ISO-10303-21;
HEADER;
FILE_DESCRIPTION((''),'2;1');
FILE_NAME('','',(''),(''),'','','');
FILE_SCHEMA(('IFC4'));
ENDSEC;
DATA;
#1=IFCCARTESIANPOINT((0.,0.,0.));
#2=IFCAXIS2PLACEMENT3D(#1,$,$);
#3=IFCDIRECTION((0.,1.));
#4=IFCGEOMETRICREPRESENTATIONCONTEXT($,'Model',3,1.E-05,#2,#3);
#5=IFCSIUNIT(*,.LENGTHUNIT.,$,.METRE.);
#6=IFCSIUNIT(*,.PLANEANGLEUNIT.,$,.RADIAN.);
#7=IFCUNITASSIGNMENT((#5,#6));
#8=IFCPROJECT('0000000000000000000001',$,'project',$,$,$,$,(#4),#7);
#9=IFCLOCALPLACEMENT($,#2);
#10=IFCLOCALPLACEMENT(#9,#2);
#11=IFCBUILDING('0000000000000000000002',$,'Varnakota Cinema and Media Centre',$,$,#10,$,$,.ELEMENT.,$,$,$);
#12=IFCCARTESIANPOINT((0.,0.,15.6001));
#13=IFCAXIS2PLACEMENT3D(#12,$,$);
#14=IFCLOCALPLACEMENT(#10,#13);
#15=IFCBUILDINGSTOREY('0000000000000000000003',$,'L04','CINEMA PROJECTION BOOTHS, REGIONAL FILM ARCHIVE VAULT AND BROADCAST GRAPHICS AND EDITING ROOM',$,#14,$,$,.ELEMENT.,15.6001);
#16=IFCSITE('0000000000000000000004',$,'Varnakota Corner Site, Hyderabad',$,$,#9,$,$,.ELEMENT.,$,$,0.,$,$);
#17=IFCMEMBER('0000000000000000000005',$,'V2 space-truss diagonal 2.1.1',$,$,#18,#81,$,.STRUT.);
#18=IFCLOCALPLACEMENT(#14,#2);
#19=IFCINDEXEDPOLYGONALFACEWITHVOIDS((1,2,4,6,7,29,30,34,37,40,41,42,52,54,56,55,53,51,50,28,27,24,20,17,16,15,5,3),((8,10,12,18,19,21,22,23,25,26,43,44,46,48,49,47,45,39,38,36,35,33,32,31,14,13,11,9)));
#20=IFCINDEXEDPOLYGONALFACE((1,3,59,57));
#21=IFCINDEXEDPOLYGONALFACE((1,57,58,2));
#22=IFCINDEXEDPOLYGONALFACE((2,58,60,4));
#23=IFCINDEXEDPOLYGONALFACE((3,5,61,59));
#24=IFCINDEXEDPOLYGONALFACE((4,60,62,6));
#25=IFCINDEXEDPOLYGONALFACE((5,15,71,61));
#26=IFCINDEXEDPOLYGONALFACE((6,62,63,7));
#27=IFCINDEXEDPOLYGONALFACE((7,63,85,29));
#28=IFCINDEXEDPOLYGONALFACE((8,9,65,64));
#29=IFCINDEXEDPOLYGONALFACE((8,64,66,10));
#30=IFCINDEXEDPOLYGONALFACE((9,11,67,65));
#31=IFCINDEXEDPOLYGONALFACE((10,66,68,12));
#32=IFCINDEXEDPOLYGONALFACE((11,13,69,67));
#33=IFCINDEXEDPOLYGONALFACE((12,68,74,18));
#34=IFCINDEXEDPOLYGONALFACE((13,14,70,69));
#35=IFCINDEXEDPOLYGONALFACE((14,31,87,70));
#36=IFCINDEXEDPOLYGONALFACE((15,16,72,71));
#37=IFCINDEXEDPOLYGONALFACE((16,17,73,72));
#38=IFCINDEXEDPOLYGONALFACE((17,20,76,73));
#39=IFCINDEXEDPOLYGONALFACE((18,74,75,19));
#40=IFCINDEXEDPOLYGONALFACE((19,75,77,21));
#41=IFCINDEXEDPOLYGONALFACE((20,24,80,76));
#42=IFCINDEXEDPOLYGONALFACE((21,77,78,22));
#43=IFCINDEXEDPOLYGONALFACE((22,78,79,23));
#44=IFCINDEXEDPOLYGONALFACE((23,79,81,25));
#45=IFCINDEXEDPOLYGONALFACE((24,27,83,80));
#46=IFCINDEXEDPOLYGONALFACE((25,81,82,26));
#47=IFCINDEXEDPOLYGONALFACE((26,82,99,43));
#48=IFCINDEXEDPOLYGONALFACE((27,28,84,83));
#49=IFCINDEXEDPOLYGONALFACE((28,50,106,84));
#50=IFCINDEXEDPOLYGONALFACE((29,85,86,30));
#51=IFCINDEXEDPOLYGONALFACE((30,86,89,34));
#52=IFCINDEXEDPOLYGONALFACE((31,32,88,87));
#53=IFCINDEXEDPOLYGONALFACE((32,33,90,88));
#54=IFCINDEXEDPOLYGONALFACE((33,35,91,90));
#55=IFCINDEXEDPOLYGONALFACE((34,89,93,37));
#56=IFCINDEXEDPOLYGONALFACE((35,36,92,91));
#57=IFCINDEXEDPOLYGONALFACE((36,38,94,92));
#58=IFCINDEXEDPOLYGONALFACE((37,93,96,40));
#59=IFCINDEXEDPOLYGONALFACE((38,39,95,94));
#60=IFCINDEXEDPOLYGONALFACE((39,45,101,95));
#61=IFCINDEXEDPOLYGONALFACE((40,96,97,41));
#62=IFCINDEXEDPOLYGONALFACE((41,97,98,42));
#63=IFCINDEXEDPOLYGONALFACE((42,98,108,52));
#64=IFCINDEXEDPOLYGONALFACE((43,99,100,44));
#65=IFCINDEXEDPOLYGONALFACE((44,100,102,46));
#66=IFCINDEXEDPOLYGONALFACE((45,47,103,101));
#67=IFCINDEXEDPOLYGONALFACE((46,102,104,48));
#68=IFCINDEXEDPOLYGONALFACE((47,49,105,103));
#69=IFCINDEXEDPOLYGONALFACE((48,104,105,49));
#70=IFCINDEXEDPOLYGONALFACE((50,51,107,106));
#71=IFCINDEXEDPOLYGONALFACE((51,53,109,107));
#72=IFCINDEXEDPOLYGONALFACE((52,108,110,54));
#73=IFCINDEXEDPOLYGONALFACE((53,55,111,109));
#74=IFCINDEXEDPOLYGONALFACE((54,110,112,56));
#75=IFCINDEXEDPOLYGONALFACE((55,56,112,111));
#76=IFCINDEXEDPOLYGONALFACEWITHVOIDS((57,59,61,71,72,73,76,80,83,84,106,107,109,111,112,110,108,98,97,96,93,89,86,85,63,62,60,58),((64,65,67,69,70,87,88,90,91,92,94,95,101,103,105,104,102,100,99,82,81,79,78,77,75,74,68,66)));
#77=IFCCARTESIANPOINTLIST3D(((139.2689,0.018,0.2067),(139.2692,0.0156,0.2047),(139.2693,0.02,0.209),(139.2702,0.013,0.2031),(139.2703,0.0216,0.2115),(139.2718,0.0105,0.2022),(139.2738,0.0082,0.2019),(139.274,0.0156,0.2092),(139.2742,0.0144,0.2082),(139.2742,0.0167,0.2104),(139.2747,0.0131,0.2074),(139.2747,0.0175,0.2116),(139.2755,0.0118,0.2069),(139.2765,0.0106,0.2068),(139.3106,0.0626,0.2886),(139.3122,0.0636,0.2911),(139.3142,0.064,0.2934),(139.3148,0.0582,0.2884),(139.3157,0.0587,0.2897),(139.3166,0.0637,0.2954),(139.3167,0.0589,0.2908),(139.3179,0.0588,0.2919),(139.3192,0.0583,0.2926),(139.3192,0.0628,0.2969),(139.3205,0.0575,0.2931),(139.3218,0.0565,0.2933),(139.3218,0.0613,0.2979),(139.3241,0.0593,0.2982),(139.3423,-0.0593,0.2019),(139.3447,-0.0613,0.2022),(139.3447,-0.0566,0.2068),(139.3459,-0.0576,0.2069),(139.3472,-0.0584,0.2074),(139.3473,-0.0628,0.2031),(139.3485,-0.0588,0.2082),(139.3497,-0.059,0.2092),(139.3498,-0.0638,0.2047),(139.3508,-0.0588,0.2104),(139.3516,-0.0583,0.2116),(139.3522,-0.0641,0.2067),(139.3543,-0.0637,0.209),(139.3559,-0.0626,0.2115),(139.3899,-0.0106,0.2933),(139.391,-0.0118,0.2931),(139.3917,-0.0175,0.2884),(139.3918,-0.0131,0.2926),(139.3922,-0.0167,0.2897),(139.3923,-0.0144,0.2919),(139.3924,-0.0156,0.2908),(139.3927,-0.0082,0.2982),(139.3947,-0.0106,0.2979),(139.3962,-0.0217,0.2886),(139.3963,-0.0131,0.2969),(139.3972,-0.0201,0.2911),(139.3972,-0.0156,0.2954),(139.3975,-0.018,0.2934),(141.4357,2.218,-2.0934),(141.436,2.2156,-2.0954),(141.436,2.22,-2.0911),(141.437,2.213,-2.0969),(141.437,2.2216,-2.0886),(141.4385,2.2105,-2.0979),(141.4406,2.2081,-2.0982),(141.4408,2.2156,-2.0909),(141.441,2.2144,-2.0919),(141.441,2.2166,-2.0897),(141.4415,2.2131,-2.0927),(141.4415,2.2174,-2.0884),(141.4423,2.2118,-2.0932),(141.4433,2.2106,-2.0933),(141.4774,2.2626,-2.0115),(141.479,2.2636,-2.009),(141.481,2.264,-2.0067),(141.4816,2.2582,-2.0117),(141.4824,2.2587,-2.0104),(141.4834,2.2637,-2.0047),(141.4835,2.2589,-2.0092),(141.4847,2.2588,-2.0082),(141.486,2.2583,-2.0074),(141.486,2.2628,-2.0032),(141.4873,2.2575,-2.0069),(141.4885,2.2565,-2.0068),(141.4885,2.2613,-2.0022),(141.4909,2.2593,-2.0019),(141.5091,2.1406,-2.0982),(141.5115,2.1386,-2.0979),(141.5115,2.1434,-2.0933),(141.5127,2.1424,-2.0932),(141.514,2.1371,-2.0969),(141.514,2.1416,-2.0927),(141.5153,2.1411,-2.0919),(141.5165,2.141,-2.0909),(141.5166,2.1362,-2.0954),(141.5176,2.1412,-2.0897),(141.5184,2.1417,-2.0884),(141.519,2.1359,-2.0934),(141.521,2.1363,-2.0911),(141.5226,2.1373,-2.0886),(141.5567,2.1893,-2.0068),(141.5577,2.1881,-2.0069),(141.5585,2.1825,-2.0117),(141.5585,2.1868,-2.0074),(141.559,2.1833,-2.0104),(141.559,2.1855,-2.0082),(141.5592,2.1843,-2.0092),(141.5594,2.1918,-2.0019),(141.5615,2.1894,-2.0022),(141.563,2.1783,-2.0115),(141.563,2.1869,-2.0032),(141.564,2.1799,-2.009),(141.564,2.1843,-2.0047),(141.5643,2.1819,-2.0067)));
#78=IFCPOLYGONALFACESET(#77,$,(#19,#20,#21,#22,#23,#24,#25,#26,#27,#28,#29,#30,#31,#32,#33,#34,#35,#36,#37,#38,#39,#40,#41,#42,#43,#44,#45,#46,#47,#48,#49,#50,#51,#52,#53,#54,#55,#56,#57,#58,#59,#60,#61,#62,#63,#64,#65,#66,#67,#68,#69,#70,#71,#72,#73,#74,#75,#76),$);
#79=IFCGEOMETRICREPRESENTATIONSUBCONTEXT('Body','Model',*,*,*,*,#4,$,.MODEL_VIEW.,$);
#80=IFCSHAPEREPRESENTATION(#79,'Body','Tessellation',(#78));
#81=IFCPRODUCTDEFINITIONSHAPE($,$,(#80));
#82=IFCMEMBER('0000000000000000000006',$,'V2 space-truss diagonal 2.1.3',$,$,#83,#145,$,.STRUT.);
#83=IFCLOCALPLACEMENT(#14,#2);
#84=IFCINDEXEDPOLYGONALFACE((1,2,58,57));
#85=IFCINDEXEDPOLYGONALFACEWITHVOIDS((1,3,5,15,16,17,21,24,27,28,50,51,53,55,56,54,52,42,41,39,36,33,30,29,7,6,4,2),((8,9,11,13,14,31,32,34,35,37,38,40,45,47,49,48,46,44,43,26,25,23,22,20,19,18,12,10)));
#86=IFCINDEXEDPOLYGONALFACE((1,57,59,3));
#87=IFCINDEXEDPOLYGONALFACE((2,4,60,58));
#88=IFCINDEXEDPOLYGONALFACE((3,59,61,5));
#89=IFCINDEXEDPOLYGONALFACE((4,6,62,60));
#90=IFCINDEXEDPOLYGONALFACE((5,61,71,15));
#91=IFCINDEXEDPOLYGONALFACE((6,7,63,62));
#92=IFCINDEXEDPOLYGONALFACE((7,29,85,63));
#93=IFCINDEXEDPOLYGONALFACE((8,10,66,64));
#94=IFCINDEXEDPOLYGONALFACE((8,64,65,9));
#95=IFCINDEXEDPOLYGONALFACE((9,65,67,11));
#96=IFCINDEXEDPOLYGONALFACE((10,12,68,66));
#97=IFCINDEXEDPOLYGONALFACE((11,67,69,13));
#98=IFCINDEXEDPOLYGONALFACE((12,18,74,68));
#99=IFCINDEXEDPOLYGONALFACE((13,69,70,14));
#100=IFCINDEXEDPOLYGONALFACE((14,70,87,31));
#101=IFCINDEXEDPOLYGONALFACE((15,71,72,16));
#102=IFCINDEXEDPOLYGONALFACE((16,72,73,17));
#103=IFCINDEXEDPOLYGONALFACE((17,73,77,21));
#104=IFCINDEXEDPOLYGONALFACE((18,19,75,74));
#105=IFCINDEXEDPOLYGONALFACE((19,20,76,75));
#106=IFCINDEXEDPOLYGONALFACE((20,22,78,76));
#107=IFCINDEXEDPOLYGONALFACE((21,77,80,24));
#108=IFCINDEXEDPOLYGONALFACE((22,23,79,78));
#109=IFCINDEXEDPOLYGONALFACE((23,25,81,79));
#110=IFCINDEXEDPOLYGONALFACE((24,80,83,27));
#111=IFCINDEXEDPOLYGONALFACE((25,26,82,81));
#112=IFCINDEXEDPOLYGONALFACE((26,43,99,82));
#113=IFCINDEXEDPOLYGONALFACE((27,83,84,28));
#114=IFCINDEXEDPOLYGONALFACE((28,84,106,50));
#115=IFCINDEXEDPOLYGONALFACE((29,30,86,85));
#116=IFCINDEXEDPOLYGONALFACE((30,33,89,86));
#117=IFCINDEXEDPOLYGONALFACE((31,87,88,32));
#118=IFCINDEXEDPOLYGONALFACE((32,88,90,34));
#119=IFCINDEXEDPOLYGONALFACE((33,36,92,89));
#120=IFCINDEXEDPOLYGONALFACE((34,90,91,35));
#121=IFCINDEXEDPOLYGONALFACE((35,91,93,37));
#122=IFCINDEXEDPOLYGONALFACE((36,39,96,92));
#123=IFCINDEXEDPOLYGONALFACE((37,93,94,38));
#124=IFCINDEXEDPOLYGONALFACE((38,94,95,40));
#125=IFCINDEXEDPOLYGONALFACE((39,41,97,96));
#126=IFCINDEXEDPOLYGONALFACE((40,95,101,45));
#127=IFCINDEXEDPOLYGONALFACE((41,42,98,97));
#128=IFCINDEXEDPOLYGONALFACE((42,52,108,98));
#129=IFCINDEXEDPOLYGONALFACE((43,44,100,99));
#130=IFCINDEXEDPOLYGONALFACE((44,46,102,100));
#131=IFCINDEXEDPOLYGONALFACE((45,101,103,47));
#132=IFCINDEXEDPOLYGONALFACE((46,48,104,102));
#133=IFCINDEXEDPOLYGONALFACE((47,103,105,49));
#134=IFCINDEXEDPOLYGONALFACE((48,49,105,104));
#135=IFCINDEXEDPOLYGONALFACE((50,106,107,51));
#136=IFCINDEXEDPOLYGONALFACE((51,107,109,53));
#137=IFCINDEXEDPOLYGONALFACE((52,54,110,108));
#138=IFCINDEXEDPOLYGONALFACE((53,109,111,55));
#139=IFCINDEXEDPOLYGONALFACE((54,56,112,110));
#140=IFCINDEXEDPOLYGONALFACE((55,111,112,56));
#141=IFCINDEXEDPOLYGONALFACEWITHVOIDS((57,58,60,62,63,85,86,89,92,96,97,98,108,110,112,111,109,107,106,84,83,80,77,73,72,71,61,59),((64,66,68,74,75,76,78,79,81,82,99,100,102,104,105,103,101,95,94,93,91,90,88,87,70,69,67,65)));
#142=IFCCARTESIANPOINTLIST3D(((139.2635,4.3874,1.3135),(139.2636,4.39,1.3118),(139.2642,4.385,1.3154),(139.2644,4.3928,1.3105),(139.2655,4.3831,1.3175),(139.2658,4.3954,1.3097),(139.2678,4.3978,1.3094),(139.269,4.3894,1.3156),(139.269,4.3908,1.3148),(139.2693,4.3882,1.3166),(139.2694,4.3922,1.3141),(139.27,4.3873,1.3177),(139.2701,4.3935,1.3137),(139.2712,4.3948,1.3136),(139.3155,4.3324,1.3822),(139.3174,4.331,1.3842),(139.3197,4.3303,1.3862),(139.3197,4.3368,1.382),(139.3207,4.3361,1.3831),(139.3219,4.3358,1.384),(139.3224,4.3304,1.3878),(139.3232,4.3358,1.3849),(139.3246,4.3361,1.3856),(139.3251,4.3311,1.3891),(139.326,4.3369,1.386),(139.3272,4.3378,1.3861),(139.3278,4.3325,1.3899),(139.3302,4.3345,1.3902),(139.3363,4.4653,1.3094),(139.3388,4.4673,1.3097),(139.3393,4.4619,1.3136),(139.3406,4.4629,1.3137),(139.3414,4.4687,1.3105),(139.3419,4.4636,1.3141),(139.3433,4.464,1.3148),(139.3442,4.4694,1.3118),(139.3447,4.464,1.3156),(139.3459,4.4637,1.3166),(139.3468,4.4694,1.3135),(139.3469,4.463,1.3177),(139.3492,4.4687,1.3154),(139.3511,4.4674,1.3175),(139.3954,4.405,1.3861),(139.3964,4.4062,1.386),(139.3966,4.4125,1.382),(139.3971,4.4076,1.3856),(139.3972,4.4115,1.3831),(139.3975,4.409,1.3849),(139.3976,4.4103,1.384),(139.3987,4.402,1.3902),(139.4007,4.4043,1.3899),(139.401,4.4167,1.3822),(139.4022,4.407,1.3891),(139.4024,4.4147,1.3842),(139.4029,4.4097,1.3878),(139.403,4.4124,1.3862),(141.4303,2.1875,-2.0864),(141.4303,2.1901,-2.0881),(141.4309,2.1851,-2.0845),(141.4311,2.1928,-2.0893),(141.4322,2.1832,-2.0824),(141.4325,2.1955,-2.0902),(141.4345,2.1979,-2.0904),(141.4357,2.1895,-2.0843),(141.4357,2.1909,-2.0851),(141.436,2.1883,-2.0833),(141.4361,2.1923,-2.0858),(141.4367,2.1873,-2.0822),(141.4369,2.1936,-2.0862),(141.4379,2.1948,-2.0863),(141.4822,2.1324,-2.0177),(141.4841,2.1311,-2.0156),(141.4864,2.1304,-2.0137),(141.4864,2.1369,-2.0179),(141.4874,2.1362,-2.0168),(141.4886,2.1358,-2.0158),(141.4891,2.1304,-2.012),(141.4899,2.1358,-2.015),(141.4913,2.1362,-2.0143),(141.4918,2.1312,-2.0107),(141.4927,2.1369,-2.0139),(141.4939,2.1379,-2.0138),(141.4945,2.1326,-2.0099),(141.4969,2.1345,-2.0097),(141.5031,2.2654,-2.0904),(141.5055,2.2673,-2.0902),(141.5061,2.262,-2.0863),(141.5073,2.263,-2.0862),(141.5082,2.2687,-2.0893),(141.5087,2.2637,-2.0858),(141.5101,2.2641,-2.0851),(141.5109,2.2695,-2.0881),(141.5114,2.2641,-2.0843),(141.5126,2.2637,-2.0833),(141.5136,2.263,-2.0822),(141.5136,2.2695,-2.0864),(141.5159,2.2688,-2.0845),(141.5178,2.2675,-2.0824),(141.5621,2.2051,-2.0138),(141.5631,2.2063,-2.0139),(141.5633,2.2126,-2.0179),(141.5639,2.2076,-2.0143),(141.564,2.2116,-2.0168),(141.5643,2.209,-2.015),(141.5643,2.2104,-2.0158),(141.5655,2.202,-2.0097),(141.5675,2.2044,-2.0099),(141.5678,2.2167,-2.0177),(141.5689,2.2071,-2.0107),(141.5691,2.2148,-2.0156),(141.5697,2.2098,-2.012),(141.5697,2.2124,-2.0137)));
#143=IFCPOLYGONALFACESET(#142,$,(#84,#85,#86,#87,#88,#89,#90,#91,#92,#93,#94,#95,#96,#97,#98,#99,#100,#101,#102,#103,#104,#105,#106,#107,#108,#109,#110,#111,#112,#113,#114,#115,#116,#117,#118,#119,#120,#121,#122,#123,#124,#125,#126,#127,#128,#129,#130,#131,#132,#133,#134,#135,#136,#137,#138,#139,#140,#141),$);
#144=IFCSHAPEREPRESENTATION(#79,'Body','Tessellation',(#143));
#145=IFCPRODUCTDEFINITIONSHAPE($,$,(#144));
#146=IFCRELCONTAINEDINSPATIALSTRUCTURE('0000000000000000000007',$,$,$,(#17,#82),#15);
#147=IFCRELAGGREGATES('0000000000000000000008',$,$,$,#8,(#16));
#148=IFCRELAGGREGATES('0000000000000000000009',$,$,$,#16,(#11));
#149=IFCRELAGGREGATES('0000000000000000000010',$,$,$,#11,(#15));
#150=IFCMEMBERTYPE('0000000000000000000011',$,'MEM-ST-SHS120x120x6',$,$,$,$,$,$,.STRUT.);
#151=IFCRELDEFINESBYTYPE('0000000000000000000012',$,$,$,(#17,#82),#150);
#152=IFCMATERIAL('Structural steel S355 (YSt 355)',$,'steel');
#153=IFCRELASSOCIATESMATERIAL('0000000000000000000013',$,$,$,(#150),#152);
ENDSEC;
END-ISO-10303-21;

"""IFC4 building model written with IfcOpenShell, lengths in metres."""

from ifc_helpers import new_model, si_unit, direction, frame, origin, origin_2d, place, context, subcontext, project, spatial, hollow_rectangle, extrude, material, material_profile, profile_set, type_object, element, save


model = new_model("IFC4")

# Units and contexts
model_context = context("Model", 3, precision=1e-05, world=origin(), true_north=direction((0.0, 1.0)))
body_context = subcontext(model_context, "Body", "Model", "MODEL_VIEW")
ifc_project = project(units=[si_unit("LENGTHUNIT", "METRE"), si_unit("PLANEANGLEUNIT", "RADIAN")], contexts=[model_context])

# Site, building, storey
site_placement = place(None, origin())
site = spatial("IfcSite", under=ifc_project, at=site_placement, Name="Varnakota Corner Site, Hyderabad", CompositionType="ELEMENT", RefElevation=0.0)
building_placement = place(site_placement, origin())
building = spatial("IfcBuilding", under=site, at=building_placement, Name="Varnakota Cinema and Media Centre", CompositionType="ELEMENT")
storey_placement = place(building_placement, frame((0.0, 0.0, 15.6001)))
storey = spatial("IfcBuildingStorey", under=building, at=storey_placement, Name="L04", Description="CINEMA PROJECTION BOOTHS, REGIONAL FILM ARCHIVE VAULT AND BROADCAST GRAPHICS AND EDITING ROOM", CompositionType="ELEMENT", Elevation=15.6001)

# Members
ifc_material_1 = material(Name="Structural steel S355 (YSt 355)", Category="steel")
ifc_material_profile_1 = material_profile(ifc_material_1, hollow_rectangle(XDim=0.1201, YDim=0.1201, WallThickness=0.0061, InnerFilletRadius=0.0061, OuterFilletRadius=0.012, at=origin_2d()), Name="SHS 120x120x6")
ifc_profile_set_1 = profile_set([ifc_material_profile_1], Name="Structural steel S355 (YSt 355)")
member_type_1 = type_object("IfcMemberType", Name="MEM-ST-SHS120x120x6", PredefinedType="STRUT", material=ifc_profile_set_1)
member_1_placement = place(storey_placement, frame((141.5, 2.2, -2.05), z_axis=(-0.562748, -0.571371, 0.597369), x_axis=(0.712463, -0.70171, 0.0)))
element("IfcMember", 1, at=member_1_placement, inside=storey, type_object=member_type_1, Name="V2 space-truss diagonal 2.1.1", PredefinedType="STRUT", context=body_context, shape_type="SweptSolid", body=[
    extrude(hollow_rectangle(XDim=0.1201, YDim=0.1201, WallThickness=0.0061, InnerFilletRadius=0.0061, OuterFilletRadius=0.012, at=origin_2d()), origin(), (0.0, 0.0, 1.0), 3.8503),
])
member_2_placement = place(storey_placement, frame((141.5, 2.2, -2.05), z_axis=(-0.471769, 0.478999, 0.740266), x_axis=(-0.712463, -0.70171, 0.0)))
element("IfcMember", 2, at=member_2_placement, inside=storey, type_object=member_type_1, Name="V2 space-truss diagonal 2.1.3", PredefinedType="STRUT", context=body_context, shape_type="SweptSolid", body=[
    extrude(hollow_rectangle(XDim=0.1201, YDim=0.1201, WallThickness=0.0061, InnerFilletRadius=0.0061, OuterFilletRadius=0.012, at=origin_2d()), origin(), (0.0, 0.0, 1.0), 4.5928),
])

save(model, "model.ifc")
